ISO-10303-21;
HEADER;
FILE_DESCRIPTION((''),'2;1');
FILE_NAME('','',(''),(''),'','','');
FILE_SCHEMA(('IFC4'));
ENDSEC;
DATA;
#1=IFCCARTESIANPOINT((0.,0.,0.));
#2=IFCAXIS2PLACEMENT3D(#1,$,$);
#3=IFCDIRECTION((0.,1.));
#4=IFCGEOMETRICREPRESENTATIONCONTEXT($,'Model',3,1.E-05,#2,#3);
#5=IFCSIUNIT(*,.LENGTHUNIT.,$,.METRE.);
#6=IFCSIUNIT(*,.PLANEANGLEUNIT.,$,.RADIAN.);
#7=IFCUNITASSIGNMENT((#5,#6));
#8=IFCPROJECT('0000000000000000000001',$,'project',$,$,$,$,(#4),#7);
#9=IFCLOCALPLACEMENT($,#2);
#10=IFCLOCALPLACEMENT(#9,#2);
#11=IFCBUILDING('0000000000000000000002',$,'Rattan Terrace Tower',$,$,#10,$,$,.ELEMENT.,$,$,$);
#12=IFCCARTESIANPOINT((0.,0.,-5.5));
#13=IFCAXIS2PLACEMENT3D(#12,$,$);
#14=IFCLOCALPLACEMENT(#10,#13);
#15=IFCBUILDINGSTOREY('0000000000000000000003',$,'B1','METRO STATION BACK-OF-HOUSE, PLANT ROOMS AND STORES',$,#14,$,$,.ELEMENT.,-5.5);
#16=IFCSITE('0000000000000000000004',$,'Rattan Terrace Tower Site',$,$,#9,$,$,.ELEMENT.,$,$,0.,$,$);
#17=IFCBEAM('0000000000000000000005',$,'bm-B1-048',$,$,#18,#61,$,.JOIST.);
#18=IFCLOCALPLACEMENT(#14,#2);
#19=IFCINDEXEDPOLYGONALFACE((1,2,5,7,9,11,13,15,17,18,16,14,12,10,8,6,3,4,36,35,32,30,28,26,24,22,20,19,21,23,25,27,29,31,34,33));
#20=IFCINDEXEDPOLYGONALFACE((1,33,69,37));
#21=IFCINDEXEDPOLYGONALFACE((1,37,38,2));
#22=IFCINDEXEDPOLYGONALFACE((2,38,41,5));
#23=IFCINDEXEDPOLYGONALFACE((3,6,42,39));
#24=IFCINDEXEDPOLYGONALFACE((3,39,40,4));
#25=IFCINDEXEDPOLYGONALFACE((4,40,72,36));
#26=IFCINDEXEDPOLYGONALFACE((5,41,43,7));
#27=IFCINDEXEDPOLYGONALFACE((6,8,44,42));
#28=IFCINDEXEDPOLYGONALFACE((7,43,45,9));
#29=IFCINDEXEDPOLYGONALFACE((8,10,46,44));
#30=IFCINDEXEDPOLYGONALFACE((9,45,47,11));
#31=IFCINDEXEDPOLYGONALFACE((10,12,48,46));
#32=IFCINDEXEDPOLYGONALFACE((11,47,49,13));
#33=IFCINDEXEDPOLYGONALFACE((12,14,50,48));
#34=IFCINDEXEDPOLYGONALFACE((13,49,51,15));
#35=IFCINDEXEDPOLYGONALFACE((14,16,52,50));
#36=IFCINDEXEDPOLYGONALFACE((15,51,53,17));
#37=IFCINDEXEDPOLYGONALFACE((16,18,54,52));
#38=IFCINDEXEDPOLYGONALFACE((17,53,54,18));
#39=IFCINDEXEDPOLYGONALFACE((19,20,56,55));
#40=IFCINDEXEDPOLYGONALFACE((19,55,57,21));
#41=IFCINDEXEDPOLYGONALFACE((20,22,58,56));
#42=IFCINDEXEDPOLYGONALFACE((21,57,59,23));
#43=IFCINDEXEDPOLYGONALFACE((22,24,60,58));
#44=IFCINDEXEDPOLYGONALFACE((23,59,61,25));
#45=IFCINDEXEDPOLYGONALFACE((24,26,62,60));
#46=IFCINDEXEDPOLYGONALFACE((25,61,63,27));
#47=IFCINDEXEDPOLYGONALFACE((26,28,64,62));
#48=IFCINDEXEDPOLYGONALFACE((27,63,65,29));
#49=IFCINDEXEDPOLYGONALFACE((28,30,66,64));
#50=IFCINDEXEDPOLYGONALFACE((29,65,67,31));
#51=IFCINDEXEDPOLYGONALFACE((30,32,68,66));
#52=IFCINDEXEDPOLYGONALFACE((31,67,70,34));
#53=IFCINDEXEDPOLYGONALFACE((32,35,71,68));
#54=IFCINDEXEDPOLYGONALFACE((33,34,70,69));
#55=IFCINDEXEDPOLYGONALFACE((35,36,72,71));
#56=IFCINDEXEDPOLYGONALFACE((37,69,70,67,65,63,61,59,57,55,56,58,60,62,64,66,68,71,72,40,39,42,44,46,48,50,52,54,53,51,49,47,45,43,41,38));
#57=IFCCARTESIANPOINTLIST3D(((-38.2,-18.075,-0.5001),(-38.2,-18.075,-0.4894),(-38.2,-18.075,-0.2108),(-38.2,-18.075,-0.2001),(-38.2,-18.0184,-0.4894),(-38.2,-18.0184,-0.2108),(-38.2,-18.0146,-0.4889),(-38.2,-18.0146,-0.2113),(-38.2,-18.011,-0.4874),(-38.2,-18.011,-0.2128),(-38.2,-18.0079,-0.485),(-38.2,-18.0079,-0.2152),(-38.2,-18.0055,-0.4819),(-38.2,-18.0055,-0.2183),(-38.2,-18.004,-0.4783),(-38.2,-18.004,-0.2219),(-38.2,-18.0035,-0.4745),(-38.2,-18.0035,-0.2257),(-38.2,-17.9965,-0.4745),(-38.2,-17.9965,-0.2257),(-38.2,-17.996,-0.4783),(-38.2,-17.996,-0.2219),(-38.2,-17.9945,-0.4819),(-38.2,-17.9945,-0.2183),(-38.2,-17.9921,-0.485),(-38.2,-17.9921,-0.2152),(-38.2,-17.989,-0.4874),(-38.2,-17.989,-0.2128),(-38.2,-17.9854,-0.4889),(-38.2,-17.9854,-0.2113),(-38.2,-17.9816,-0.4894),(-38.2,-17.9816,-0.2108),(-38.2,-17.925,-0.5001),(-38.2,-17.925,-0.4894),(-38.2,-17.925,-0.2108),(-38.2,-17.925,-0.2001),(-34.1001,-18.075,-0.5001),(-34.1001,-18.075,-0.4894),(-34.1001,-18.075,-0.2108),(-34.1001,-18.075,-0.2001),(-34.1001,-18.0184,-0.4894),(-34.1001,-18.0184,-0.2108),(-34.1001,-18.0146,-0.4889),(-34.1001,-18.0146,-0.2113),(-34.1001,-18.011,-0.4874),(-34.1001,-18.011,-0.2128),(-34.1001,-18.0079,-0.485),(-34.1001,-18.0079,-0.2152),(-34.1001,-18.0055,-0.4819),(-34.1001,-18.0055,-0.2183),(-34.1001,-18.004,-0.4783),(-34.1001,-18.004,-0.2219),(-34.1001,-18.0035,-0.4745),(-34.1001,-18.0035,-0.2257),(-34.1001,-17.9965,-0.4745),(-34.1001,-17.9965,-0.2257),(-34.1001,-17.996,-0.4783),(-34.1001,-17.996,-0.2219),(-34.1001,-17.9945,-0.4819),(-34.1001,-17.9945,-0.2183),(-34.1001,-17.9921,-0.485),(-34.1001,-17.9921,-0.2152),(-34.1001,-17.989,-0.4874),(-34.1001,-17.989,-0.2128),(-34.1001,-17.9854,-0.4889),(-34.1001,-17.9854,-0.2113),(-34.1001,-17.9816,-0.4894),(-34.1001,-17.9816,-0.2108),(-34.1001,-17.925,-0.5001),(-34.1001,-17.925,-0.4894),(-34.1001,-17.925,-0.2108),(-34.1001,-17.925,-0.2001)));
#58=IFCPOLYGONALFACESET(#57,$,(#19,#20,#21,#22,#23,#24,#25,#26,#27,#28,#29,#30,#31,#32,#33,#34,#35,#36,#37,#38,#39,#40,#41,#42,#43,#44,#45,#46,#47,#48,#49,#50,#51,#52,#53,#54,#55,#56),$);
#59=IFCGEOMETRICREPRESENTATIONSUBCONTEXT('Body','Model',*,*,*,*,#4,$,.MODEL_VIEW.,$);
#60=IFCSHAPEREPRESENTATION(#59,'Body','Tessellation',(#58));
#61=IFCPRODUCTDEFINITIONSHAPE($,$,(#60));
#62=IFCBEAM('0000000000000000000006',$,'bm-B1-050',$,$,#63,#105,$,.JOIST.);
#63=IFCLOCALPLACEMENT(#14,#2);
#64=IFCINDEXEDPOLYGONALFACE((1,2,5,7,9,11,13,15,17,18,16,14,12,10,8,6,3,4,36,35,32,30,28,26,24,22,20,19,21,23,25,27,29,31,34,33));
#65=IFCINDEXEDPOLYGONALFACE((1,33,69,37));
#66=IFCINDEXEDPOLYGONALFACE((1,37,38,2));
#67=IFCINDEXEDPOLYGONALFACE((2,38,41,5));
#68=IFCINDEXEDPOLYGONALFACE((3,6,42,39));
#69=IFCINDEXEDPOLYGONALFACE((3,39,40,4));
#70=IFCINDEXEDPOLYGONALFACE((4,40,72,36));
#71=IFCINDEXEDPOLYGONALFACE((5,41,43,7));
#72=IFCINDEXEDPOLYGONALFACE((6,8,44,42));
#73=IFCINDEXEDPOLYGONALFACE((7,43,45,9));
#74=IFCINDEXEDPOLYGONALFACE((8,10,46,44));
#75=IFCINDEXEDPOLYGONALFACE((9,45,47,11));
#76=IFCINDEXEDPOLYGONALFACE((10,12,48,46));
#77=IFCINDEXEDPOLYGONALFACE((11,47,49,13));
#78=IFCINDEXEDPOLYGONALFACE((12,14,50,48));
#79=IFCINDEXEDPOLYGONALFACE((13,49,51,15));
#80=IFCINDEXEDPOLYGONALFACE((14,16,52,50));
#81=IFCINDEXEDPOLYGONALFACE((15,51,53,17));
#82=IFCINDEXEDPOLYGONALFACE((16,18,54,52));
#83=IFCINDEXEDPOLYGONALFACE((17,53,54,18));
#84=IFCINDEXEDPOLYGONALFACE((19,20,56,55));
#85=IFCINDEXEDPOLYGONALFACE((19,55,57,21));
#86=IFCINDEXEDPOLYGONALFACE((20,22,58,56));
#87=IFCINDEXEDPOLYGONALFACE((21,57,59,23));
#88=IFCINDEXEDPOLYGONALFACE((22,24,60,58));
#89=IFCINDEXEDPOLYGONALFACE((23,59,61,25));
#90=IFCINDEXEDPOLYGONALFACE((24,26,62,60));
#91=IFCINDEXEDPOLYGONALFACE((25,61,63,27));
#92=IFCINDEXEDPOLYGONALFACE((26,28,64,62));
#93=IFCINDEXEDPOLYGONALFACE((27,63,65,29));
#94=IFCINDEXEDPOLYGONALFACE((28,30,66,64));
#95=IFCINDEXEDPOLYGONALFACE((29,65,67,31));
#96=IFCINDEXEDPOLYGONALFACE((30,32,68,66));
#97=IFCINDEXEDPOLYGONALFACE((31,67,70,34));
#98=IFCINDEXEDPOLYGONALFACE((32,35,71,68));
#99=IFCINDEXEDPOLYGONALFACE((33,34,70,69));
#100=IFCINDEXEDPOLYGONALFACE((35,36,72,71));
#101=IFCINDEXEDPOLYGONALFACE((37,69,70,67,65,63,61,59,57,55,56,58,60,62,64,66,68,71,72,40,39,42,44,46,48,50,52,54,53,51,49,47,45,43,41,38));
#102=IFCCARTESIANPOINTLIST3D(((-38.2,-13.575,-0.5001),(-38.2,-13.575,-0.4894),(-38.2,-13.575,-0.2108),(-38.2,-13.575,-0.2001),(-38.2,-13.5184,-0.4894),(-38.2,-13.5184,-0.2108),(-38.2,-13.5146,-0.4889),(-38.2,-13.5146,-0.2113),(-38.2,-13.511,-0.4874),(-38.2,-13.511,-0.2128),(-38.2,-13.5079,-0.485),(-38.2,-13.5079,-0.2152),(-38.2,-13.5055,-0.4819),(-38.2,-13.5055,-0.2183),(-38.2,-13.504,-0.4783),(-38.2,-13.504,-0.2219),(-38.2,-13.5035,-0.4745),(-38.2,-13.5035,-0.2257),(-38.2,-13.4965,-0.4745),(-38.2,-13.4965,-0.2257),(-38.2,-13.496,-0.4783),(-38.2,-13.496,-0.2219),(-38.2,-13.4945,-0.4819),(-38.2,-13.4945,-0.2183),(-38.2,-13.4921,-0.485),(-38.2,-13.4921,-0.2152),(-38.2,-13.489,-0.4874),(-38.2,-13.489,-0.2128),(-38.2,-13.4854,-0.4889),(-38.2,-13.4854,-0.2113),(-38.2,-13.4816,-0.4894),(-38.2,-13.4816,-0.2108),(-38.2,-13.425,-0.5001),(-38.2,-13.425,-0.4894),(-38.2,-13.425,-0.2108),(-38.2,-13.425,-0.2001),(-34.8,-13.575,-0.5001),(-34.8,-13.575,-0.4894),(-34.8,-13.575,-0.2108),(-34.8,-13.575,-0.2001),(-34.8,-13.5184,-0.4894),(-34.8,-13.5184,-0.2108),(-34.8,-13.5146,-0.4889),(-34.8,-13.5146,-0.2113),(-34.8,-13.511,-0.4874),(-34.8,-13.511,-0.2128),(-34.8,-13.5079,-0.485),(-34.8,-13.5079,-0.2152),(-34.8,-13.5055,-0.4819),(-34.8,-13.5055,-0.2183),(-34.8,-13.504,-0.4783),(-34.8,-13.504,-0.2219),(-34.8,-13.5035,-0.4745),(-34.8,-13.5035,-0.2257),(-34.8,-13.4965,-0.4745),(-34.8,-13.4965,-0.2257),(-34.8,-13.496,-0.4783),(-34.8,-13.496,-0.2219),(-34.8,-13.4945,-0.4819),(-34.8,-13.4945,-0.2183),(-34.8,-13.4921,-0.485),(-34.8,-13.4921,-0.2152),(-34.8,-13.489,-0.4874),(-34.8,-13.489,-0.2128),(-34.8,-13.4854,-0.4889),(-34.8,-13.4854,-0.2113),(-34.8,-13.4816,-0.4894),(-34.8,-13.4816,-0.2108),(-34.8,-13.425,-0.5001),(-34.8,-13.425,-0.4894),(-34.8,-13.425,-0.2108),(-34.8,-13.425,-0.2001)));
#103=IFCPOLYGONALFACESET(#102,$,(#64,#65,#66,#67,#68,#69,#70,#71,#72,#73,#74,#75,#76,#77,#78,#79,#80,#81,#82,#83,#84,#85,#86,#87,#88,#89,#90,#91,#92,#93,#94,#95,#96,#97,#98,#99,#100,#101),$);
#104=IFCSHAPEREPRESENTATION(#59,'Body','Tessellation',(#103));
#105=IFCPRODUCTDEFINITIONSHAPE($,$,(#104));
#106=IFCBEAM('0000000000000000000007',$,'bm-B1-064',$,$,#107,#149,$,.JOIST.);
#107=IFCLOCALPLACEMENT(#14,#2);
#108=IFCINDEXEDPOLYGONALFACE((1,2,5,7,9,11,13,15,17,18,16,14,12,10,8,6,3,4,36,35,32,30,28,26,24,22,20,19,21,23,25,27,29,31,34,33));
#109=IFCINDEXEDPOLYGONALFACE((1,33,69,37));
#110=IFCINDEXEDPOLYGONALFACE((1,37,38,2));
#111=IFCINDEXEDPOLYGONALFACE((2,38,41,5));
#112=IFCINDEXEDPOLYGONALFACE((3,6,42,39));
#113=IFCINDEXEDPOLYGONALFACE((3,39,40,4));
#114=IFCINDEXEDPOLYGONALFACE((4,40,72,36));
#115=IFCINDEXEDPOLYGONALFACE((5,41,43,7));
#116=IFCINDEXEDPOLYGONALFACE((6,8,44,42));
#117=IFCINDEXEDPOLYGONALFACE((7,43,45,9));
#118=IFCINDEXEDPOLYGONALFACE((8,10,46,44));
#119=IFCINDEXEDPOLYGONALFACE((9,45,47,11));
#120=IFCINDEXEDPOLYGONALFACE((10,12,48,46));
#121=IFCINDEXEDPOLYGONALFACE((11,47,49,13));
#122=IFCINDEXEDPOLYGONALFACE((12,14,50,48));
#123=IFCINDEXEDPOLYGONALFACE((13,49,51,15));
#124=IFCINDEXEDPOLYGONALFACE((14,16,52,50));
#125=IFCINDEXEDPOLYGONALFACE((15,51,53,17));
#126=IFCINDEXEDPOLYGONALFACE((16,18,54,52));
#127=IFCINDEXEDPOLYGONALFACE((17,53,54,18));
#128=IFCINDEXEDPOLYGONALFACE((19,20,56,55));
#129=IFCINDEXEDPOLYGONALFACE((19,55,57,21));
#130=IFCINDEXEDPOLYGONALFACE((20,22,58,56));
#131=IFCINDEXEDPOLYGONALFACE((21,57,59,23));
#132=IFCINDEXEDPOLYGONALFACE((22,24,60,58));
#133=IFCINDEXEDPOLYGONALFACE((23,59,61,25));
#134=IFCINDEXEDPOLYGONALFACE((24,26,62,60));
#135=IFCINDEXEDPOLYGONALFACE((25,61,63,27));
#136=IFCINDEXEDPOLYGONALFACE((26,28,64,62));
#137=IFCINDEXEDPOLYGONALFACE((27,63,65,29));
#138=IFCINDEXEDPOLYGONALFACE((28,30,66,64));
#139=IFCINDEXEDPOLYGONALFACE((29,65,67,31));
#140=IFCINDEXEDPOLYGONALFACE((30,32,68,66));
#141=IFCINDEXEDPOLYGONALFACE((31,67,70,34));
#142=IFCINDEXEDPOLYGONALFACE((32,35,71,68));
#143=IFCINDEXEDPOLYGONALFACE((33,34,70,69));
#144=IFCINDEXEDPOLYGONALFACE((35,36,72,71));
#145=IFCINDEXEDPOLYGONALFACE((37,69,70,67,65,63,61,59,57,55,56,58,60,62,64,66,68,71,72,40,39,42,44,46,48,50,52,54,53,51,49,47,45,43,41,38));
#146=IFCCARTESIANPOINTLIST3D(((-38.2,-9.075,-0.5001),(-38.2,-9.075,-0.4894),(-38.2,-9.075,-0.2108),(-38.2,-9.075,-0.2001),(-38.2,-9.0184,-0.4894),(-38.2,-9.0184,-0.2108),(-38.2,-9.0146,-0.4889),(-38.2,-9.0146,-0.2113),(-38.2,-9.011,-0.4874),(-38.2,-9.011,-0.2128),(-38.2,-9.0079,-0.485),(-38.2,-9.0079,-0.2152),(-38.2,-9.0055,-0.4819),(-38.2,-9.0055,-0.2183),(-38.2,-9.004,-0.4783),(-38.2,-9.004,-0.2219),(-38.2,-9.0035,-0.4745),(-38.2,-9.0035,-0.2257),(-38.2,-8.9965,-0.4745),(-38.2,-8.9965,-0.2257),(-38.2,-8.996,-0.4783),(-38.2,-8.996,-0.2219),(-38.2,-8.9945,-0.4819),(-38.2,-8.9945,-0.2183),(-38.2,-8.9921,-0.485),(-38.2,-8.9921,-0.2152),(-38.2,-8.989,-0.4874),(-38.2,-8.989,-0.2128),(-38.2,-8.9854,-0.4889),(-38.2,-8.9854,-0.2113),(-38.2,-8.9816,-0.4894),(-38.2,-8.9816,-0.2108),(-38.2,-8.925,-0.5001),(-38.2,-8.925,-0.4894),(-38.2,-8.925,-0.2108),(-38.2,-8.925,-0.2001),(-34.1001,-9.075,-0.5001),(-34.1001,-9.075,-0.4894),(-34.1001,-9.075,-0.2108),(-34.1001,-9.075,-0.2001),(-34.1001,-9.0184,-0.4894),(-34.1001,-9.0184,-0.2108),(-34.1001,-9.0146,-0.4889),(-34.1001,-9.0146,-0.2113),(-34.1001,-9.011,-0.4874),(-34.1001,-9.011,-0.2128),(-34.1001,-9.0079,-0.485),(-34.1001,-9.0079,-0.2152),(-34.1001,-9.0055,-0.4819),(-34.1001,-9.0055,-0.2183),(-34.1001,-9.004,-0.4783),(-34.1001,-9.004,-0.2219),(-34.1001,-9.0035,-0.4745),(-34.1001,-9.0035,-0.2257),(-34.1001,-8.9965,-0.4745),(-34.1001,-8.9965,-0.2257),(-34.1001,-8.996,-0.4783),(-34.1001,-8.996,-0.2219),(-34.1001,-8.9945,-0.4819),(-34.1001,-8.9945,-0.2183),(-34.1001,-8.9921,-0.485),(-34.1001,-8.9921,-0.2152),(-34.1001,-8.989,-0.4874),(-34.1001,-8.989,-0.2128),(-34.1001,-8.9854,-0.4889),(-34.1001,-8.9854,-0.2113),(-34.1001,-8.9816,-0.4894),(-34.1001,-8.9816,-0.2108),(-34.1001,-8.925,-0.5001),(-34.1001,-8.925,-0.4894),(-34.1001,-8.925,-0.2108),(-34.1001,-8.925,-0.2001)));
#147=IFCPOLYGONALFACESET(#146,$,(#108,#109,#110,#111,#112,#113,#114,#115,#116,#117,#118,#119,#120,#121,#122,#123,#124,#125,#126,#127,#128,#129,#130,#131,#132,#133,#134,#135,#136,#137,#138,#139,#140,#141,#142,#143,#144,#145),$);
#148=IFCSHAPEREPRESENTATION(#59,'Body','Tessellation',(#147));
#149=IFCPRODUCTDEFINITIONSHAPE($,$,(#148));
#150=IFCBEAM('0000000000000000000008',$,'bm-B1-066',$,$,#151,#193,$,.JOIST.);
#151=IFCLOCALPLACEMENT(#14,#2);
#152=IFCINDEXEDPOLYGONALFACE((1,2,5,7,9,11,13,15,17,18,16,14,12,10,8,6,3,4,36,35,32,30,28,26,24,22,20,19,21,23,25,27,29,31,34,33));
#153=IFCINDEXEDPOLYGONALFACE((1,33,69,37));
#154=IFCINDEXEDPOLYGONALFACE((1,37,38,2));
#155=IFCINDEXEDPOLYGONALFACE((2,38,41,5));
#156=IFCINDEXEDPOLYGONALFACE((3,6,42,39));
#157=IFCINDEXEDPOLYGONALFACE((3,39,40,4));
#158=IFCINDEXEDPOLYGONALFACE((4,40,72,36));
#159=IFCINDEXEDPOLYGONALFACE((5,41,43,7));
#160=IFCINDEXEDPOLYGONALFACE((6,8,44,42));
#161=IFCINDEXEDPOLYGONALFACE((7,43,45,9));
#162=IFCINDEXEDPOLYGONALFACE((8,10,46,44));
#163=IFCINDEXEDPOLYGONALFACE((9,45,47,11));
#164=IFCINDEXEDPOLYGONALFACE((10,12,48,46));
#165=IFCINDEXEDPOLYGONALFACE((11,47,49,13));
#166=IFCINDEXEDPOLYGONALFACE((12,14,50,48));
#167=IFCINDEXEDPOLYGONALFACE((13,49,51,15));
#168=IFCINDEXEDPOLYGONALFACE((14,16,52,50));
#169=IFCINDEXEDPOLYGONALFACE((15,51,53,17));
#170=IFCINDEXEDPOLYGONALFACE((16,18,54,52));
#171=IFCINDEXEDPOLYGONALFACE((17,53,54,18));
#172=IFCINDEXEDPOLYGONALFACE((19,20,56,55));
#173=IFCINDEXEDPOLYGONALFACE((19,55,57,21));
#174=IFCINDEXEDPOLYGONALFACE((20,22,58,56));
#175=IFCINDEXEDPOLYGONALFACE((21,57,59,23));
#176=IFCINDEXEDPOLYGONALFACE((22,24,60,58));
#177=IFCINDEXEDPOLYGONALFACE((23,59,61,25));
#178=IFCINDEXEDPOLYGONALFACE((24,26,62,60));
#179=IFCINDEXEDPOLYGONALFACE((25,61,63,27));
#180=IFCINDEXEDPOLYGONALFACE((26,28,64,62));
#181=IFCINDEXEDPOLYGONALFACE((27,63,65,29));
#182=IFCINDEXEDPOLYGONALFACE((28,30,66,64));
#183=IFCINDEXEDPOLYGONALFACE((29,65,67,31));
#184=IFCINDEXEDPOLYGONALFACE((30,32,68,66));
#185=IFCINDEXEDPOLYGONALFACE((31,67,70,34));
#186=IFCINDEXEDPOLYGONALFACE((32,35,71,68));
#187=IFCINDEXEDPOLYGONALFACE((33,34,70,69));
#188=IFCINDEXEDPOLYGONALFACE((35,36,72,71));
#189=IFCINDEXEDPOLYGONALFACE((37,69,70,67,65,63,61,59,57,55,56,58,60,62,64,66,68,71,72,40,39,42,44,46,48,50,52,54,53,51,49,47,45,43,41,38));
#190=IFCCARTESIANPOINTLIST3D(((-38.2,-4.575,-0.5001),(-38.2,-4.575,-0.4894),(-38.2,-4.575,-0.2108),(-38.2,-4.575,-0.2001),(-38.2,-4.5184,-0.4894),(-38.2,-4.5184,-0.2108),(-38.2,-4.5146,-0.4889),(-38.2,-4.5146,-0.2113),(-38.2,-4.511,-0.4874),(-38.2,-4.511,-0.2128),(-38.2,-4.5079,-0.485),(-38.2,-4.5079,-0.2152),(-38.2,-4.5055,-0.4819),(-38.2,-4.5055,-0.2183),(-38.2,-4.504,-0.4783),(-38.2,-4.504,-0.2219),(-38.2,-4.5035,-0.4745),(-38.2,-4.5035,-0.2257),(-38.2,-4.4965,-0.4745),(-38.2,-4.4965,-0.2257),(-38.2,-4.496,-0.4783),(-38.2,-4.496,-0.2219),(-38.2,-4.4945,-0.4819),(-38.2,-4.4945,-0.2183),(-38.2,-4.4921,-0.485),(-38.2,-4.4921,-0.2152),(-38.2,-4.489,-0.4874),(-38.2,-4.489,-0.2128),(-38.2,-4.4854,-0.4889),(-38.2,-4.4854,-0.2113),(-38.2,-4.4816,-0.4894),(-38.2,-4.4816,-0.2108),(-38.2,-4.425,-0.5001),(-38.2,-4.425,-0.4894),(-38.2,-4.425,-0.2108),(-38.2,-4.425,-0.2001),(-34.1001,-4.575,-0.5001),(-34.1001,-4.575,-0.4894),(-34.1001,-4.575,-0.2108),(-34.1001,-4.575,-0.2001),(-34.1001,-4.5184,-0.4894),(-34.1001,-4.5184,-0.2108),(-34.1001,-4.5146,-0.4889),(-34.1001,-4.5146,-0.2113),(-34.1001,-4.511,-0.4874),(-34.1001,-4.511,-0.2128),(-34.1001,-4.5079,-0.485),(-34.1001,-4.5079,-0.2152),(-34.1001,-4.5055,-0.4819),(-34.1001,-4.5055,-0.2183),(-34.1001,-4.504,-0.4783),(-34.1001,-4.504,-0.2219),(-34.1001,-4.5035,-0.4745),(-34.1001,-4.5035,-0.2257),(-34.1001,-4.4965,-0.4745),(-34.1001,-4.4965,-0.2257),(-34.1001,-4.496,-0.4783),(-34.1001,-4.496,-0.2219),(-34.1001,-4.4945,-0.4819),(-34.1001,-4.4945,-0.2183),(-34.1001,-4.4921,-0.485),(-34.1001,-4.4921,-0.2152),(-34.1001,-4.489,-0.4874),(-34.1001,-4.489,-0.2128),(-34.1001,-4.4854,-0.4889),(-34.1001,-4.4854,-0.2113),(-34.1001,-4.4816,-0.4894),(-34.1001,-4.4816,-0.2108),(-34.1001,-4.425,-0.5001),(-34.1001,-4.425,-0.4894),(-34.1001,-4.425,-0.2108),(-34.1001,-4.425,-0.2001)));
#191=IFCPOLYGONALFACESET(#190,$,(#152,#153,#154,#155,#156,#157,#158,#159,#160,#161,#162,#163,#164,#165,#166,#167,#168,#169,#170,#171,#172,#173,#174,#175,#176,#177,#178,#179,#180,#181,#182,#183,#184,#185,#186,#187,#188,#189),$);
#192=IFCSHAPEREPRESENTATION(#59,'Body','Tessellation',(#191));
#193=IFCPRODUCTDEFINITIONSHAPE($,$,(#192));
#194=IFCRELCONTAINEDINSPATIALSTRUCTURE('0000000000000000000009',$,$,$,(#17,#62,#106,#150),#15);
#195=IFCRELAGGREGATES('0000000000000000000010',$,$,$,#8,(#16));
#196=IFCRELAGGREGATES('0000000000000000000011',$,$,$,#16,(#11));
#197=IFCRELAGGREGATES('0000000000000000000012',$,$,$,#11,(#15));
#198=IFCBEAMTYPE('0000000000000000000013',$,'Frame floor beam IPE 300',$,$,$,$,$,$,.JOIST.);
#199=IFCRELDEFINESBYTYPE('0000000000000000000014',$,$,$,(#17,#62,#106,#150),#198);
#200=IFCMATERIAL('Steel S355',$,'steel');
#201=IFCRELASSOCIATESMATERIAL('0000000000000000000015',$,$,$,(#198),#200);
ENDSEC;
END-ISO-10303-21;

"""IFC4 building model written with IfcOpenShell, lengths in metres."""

from ifc_helpers import new_model, si_unit, direction, frame, origin, origin_2d, place, context, subcontext, project, spatial, i_section, extrude, material, material_profile, profile_set, type_object, element, save


model = new_model("IFC4")

# Units and contexts
model_context = context("Model", 3, precision=1e-05, world=origin(), true_north=direction((0.0, 1.0)))
body_context = subcontext(model_context, "Body", "Model", "MODEL_VIEW")
ifc_project = project(units=[si_unit("LENGTHUNIT", "METRE"), si_unit("PLANEANGLEUNIT", "RADIAN")], contexts=[model_context])

# Site, building, storey
site_placement = place(None, origin())
site = spatial("IfcSite", under=ifc_project, at=site_placement, Name="Rattan Terrace Tower Site", CompositionType="ELEMENT", RefElevation=0.0)
building_placement = place(site_placement, origin())
building = spatial("IfcBuilding", under=site, at=building_placement, Name="Rattan Terrace Tower", CompositionType="ELEMENT")
storey_placement = place(building_placement, frame((0.0, 0.0, -5.5)))
storey = spatial("IfcBuildingStorey", under=building, at=storey_placement, Name="B1", Description="METRO STATION BACK-OF-HOUSE, PLANT ROOMS AND STORES", CompositionType="ELEMENT", Elevation=-5.5)

# Beams
ifc_material_1 = material(Name="Steel S355", Category="steel")
ifc_material_profile_1 = material_profile(ifc_material_1, i_section(OverallWidth=0.1499, OverallDepth=0.3, WebThickness=0.0071, FlangeThickness=0.0107, FilletRadius=0.0149, at=origin_2d()), Name="IPE 300")
ifc_profile_set_1 = profile_set([ifc_material_profile_1], Name="Steel S355")
beam_type_1 = type_object("IfcBeamType", Name="Frame floor beam IPE 300", PredefinedType="JOIST", material=ifc_profile_set_1)
for number, where, z_axis, x_axis, name in (
    (1, (-38.2, -18.0, -0.3501), (1.0, 0.0, 0.0), (0.0, 1.0, 0.0), "bm-B1-048"),
):
    element("IfcBeam", number, at=place(storey_placement, frame(where, z_axis=z_axis, x_axis=x_axis)), inside=storey, type_object=beam_type_1, Name=name, PredefinedType="JOIST", context=body_context, shape_type="SweptSolid", body=[
        extrude(i_section(OverallWidth=0.1499, OverallDepth=0.3, WebThickness=0.0071, FlangeThickness=0.0107, FilletRadius=0.0149, at=origin_2d()), origin(), (0.0, 0.0, 1.0), 4.0999),
    ])
beam_1_placement = place(storey_placement, frame((-38.2, -13.5, -0.3501), z_axis=(1.0, 0.0, 0.0), x_axis=(0.0, 1.0, 0.0)))
element("IfcBeam", 2, at=beam_1_placement, inside=storey, type_object=beam_type_1, Name="bm-B1-050", PredefinedType="JOIST", context=body_context, shape_type="SweptSolid", body=[
    extrude(i_section(OverallWidth=0.1499, OverallDepth=0.3, WebThickness=0.0071, FlangeThickness=0.0107, FilletRadius=0.0149, at=origin_2d()), origin(), (0.0, 0.0, 1.0), 3.3999),
])
for number, where, z_axis, x_axis, name in (
    (3, (-38.2, -9.0, -0.3501), (1.0, 0.0, 0.0), (0.0, 1.0, 0.0), "bm-B1-064"),
    (4, (-38.2, -4.5, -0.3501), (1.0, 0.0, 0.0), (0.0, 1.0, 0.0), "bm-B1-066"),
):
    element("IfcBeam", number, at=place(storey_placement, frame(where, z_axis=z_axis, x_axis=x_axis)), inside=storey, type_object=beam_type_1, Name=name, PredefinedType="JOIST", context=body_context, shape_type="SweptSolid", body=[
        extrude(i_section(OverallWidth=0.1499, OverallDepth=0.3, WebThickness=0.0071, FlangeThickness=0.0107, FilletRadius=0.0149, at=origin_2d()), origin(), (0.0, 0.0, 1.0), 4.0999),
    ])

save(model, "model.ifc")
